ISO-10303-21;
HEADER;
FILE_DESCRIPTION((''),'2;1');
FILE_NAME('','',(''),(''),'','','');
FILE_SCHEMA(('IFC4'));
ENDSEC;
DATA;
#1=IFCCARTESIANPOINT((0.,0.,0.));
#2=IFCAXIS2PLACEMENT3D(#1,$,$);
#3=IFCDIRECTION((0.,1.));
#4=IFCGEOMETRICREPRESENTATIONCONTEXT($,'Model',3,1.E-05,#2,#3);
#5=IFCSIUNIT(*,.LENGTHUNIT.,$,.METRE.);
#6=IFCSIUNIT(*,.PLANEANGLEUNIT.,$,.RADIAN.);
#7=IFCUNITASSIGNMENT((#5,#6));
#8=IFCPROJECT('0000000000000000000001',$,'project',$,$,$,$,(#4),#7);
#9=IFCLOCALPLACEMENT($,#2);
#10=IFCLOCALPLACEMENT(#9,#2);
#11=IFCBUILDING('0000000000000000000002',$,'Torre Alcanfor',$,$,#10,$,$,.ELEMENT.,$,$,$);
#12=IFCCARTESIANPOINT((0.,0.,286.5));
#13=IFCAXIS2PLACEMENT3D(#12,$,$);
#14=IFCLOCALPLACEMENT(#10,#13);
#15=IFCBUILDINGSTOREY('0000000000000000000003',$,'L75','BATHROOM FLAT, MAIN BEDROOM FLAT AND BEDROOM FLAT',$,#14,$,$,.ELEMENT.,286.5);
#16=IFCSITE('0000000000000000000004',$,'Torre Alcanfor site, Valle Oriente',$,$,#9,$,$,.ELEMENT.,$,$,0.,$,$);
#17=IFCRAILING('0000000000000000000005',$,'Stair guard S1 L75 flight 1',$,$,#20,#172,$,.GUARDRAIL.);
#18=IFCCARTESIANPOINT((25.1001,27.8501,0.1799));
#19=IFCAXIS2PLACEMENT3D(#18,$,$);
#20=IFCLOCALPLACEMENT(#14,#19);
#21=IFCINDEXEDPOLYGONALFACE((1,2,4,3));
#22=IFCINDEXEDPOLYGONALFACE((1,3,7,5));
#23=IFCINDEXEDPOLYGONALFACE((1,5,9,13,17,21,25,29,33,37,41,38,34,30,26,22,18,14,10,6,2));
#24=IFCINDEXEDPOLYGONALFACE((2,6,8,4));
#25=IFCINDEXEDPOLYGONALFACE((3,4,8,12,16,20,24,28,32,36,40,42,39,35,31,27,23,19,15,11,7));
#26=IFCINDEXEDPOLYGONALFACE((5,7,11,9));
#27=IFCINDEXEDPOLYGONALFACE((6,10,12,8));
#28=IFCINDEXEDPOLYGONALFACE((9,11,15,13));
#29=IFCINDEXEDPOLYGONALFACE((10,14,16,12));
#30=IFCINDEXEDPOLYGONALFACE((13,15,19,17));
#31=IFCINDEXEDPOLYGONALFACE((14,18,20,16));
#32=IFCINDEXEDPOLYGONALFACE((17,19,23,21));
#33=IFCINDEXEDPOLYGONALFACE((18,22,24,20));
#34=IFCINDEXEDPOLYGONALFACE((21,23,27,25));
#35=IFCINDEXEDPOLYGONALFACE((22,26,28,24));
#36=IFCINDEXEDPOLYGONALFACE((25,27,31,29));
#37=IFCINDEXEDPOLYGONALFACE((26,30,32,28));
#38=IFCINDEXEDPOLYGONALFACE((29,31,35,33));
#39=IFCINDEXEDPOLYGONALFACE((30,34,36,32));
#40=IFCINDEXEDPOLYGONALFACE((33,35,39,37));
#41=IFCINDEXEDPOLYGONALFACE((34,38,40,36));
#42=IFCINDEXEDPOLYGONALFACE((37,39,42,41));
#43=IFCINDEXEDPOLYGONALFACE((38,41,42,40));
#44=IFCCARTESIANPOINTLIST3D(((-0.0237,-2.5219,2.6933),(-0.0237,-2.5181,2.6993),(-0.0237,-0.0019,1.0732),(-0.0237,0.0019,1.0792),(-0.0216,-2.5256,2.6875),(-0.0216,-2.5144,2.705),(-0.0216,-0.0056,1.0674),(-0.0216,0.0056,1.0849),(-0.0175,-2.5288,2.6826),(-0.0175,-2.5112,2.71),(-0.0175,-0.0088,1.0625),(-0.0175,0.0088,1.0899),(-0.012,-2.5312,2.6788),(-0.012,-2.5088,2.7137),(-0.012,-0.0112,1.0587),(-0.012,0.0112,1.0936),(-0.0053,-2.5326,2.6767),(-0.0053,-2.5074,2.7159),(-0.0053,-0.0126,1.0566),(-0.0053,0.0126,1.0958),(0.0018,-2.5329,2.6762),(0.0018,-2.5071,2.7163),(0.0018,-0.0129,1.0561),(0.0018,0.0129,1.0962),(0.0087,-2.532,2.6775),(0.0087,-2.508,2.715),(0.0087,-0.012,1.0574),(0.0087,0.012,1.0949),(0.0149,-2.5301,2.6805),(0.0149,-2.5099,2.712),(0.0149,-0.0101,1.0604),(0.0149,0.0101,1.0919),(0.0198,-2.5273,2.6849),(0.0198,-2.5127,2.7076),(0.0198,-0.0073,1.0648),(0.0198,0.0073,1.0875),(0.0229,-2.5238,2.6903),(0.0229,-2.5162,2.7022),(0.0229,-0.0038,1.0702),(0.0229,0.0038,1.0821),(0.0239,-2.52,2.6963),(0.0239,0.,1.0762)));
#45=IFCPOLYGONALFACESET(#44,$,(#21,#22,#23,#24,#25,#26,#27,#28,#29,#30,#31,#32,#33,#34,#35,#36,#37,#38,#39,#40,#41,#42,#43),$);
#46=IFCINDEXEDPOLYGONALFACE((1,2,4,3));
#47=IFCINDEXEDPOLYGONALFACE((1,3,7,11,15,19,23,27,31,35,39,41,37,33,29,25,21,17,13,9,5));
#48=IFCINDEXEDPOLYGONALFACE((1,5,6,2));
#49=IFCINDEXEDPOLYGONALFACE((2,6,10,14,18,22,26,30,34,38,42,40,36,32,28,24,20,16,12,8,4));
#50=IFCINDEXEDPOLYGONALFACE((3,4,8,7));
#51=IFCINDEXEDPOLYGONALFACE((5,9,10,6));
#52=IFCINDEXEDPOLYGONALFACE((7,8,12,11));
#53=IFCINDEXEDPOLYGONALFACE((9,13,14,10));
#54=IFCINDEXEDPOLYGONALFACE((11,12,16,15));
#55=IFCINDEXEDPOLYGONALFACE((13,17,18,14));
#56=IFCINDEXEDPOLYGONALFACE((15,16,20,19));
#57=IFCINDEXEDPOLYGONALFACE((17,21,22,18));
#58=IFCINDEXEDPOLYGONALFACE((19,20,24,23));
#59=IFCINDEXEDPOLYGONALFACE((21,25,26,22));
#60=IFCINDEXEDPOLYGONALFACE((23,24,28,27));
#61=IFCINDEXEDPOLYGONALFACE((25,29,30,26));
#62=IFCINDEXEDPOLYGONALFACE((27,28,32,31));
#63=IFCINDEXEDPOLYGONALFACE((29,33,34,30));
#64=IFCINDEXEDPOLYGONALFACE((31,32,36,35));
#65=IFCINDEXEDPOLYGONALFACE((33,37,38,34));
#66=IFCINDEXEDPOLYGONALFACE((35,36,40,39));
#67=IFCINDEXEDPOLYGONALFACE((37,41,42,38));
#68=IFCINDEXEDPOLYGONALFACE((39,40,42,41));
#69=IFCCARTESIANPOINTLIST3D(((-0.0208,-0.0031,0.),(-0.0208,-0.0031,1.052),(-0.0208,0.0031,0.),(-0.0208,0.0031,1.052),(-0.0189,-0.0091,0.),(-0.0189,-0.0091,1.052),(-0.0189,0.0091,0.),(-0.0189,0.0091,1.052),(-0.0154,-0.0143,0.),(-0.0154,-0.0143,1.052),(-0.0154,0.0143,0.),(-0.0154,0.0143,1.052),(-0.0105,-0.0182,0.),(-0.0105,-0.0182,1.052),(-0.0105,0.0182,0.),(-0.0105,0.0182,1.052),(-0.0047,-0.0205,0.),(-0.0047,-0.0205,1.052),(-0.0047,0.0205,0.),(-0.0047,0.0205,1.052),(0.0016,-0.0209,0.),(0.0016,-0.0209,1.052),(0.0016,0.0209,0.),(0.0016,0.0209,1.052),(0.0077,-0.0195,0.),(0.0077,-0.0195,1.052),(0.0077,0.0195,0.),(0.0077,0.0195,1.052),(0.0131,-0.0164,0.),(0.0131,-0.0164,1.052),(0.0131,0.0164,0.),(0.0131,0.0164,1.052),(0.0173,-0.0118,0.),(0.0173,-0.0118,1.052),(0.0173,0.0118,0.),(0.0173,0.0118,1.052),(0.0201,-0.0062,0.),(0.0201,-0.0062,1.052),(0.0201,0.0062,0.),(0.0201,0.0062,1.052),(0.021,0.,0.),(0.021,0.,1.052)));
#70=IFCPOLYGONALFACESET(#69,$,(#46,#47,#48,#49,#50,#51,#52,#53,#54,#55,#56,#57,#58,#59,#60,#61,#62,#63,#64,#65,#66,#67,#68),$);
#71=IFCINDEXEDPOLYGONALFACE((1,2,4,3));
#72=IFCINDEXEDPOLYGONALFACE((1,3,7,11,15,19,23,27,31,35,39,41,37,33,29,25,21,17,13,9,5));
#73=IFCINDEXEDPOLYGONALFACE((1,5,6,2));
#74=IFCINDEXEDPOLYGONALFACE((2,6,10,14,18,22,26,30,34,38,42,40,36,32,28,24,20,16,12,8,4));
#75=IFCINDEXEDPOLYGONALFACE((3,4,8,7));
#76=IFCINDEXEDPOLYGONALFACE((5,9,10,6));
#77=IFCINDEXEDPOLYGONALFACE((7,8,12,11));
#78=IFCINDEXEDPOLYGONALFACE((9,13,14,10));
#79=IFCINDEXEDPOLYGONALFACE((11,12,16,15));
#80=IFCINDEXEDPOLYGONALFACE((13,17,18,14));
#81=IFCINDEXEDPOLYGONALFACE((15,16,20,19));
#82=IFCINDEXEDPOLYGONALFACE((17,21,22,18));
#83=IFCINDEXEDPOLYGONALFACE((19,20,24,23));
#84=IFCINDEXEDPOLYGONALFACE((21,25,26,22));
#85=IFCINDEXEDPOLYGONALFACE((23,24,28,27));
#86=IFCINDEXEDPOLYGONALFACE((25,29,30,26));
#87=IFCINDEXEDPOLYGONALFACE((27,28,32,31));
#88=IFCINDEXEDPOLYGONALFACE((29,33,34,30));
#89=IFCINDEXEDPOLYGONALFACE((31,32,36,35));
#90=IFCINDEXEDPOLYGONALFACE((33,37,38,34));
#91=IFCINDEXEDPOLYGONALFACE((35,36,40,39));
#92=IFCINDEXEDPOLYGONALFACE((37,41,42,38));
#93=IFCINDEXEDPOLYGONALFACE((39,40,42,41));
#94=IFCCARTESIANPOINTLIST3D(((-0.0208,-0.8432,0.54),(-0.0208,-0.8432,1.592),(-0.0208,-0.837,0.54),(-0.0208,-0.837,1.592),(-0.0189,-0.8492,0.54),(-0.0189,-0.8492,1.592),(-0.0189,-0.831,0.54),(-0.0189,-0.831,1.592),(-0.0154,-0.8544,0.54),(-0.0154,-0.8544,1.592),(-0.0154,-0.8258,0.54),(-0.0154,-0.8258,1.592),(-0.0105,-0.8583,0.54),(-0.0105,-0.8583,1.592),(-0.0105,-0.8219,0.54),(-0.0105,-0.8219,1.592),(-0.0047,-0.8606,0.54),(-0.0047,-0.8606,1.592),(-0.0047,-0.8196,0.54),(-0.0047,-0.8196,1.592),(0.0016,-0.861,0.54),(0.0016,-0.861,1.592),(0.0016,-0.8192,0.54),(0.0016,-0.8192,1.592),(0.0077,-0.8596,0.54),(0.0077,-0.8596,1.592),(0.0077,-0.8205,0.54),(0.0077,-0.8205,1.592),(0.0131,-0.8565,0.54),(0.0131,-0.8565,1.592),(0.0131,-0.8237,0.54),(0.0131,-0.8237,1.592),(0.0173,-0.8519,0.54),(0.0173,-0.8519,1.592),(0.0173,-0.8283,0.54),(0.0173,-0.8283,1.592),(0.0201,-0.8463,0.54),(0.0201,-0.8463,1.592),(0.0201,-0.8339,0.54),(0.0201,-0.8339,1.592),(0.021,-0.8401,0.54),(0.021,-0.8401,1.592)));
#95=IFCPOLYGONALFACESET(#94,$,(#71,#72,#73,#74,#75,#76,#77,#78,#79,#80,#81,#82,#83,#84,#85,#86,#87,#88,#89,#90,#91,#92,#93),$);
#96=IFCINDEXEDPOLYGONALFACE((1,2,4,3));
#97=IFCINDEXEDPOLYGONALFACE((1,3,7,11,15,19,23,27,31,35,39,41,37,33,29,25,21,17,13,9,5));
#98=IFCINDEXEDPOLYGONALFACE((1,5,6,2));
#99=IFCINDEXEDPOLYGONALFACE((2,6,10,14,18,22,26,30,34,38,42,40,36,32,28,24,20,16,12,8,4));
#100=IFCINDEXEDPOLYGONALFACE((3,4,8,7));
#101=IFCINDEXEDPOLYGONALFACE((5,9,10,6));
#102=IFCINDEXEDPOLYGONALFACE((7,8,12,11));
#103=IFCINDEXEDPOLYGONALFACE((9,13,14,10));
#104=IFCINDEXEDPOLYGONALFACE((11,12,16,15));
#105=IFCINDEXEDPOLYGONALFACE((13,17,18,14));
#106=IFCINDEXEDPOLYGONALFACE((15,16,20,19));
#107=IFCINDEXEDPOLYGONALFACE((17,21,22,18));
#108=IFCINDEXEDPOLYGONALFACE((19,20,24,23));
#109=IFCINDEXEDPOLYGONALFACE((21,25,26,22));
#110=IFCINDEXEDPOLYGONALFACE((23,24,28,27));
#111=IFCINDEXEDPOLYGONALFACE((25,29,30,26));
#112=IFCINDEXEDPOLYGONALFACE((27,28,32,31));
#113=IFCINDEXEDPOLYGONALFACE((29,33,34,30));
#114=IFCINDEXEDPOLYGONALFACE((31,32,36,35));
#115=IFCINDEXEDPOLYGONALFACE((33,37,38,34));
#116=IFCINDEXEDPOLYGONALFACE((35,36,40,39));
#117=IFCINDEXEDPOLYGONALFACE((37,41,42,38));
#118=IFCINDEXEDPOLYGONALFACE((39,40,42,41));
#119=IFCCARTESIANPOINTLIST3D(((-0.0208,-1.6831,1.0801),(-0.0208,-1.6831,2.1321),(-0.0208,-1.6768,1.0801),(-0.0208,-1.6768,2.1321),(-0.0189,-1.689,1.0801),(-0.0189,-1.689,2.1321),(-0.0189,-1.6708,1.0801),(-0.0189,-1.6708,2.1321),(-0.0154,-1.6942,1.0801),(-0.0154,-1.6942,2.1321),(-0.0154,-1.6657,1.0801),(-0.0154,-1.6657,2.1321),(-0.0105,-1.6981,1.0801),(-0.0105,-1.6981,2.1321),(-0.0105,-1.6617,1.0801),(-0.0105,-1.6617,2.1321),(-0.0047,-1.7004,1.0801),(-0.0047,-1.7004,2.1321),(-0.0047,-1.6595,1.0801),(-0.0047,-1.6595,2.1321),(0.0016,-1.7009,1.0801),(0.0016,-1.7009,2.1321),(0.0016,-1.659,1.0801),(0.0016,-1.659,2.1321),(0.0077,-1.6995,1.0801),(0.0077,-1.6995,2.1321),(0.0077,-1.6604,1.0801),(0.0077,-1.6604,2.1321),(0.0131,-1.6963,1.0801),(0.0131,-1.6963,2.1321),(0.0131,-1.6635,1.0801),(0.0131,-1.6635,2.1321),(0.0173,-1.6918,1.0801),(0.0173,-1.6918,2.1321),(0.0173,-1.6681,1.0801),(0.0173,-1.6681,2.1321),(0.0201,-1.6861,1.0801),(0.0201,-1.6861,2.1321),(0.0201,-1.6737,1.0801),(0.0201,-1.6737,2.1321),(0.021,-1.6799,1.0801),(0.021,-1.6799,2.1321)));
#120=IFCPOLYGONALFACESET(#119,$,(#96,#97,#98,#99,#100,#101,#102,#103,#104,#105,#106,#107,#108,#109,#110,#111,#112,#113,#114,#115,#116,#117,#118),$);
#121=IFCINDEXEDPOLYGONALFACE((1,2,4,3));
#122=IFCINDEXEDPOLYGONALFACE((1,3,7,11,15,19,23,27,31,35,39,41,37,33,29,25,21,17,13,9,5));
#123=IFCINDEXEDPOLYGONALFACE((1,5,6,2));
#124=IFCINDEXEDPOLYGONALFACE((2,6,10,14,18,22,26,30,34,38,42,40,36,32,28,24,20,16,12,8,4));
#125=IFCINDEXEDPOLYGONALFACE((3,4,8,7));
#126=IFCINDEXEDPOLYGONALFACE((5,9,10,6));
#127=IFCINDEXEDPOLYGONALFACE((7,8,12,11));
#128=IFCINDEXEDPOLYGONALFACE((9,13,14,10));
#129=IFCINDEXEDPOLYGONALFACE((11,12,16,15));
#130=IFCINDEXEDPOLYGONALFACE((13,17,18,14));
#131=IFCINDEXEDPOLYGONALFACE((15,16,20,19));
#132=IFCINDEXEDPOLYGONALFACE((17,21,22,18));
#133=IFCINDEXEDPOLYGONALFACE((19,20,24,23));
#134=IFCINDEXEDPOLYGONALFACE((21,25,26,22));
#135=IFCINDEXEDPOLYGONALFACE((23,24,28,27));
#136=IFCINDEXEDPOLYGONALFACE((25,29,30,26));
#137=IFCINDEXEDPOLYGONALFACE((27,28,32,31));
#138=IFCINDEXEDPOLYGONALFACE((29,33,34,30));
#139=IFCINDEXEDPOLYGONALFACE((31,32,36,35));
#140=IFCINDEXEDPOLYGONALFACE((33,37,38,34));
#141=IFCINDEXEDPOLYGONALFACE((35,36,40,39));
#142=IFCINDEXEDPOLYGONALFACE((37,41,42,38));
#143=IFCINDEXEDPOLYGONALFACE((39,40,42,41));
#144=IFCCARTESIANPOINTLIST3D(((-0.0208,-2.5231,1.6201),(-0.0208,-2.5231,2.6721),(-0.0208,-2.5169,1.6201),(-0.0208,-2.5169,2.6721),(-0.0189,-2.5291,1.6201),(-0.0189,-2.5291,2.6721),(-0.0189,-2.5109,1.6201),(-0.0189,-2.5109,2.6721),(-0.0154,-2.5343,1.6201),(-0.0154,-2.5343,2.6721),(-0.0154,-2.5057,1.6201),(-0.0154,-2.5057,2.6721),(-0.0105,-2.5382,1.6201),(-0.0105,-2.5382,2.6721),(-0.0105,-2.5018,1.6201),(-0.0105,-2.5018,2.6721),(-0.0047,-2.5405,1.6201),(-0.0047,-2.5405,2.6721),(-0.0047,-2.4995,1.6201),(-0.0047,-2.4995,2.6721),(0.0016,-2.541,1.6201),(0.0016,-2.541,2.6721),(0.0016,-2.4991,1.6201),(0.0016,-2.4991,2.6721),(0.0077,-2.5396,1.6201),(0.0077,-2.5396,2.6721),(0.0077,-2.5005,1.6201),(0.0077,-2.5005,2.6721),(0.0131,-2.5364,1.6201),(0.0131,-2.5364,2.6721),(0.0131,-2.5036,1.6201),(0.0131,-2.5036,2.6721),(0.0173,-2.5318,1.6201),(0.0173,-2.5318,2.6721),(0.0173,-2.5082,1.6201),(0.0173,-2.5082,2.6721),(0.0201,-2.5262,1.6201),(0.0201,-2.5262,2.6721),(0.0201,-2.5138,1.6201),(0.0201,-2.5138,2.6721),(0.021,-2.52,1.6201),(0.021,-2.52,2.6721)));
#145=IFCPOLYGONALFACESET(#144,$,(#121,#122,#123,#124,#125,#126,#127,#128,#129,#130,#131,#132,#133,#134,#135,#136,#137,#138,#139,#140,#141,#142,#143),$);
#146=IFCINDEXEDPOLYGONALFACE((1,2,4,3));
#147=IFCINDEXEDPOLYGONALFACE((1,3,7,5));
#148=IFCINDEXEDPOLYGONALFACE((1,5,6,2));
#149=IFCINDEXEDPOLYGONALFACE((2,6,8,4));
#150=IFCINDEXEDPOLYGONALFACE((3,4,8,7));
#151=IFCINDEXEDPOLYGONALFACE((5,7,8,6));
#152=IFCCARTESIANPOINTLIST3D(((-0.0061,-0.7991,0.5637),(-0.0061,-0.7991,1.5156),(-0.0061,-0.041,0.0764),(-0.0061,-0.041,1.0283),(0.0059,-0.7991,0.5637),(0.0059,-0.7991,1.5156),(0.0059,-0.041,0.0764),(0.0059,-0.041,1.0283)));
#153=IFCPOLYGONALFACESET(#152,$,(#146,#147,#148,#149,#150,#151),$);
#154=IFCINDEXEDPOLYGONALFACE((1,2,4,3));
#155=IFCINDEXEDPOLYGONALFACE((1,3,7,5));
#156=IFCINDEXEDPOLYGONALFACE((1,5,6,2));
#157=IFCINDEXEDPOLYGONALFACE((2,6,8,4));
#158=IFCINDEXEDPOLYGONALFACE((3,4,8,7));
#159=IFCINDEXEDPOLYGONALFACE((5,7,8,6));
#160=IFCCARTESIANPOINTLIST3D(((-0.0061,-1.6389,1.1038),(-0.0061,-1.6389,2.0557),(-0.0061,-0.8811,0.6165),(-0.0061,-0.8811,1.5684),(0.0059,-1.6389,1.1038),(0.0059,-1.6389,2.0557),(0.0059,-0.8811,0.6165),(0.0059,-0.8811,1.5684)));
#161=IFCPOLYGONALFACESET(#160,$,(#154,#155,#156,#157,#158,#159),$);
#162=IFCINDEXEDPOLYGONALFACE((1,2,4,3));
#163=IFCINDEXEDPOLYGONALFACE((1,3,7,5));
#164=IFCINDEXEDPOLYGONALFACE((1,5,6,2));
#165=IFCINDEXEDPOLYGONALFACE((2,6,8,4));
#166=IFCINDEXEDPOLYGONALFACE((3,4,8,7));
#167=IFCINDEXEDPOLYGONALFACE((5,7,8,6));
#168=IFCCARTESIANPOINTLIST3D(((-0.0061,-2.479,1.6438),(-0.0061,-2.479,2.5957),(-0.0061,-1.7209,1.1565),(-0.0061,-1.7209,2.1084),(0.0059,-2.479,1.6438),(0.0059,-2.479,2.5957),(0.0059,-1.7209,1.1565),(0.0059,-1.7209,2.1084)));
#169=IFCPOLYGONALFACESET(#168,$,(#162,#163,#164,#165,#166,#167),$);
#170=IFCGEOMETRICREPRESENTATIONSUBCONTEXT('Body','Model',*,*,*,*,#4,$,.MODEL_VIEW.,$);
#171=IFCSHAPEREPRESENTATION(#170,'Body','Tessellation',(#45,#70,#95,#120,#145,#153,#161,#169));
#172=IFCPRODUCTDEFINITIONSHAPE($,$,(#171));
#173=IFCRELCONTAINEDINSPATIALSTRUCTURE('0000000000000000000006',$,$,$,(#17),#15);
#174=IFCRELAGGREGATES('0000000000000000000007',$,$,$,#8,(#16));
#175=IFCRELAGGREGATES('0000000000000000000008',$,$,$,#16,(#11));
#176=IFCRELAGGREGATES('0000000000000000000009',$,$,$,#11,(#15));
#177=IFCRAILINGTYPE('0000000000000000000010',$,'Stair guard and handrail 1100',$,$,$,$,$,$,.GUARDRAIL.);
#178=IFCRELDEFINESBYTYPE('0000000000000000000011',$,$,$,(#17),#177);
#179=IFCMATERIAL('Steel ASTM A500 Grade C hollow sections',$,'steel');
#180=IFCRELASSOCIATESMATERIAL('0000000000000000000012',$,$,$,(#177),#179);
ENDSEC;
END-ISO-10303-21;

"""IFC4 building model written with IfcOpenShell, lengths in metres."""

from ifc_helpers import new_model, si_unit, direction, frame, origin, origin_2d, place, context, subcontext, project, spatial, polyline, circle, outline, extrude, material, type_object, element, save


model = new_model("IFC4")

# Units and contexts
model_context = context("Model", 3, precision=1e-05, world=origin(), true_north=direction((0.0, 1.0)))
body_context = subcontext(model_context, "Body", "Model", "MODEL_VIEW")
ifc_project = project(units=[si_unit("LENGTHUNIT", "METRE"), si_unit("PLANEANGLEUNIT", "RADIAN")], contexts=[model_context])

# Site, building, storey
site_placement = place(None, origin())
site = spatial("IfcSite", under=ifc_project, at=site_placement, Name="Torre Alcanfor site, Valle Oriente", CompositionType="ELEMENT", RefElevation=0.0)
building_placement = place(site_placement, origin())
building = spatial("IfcBuilding", under=site, at=building_placement, Name="Torre Alcanfor", CompositionType="ELEMENT")
storey_placement = place(building_placement, frame((0.0, 0.0, 286.5)))
storey = spatial("IfcBuildingStorey", under=building, at=storey_placement, Name="L75", Description="BATHROOM FLAT, MAIN BEDROOM FLAT AND BEDROOM FLAT", CompositionType="ELEMENT", Elevation=286.5)

# Railing
ifc_material_1 = material(Name="Steel ASTM A500 Grade C hollow sections", Category="steel")
railing_type_1 = type_object("IfcRailingType", Name="Stair guard and handrail 1100", PredefinedType="GUARDRAIL", material=ifc_material_1)
railing_1_placement = place(storey_placement, frame((25.1001, 27.8501, 0.1799)))
element("IfcRailing", 1, at=railing_1_placement, inside=storey, type_object=railing_type_1, Name="Stair guard S1 L75 flight 1", PredefinedType="GUARDRAIL", context=body_context, shape_type="SweptSolid", body=[
    extrude(circle(Radius=0.0239, at=origin_2d()), frame((0.0, 0.0, 1.0762), z_axis=(0.0, -0.841163, 0.540782), x_axis=(1.0, 0.0, 0.0)), (0.0, 0.0, 1.0), 2.9958),
    extrude(circle(Radius=0.021, at=origin_2d()), origin(), (0.0, 0.0, 1.0), 1.052),
    extrude(circle(Radius=0.021, at=origin_2d()), frame((0.0, -0.8401, 0.54)), (0.0, 0.0, 1.0), 1.052),
    extrude(circle(Radius=0.021, at=origin_2d()), frame((0.0, -1.6799, 1.0801)), (0.0, 0.0, 1.0), 1.052),
    extrude(circle(Radius=0.021, at=origin_2d()), frame((0.0, -2.52, 1.6201)), (0.0, 0.0, 1.0), 1.052),
    extrude(outline(polyline([(0.041, 0.0764), (0.7991, 0.5637), (0.7991, 1.5156), (0.041, 1.0283), (0.041, 0.0764)])), frame((0.0059, 0.0, 0.0), z_axis=(-1.0, 0.0, 0.0), x_axis=(0.0, -1.0, 0.0)), (0.0, 0.0, 1.0), 0.012),
    extrude(outline(polyline([(0.8811, 0.6165), (1.6389, 1.1038), (1.6389, 2.0557), (0.8811, 1.5684), (0.8811, 0.6165)])), frame((0.0059, 0.0, 0.0), z_axis=(-1.0, 0.0, 0.0), x_axis=(0.0, -1.0, 0.0)), (0.0, 0.0, 1.0), 0.012),
    extrude(outline(polyline([(1.7209, 1.1565), (2.479, 1.6438), (2.479, 2.5957), (1.7209, 2.1084), (1.7209, 1.1565)])), frame((0.0059, 0.0, 0.0), z_axis=(-1.0, 0.0, 0.0), x_axis=(0.0, -1.0, 0.0)), (0.0, 0.0, 1.0), 0.012),
])

save(model, "model.ifc")
